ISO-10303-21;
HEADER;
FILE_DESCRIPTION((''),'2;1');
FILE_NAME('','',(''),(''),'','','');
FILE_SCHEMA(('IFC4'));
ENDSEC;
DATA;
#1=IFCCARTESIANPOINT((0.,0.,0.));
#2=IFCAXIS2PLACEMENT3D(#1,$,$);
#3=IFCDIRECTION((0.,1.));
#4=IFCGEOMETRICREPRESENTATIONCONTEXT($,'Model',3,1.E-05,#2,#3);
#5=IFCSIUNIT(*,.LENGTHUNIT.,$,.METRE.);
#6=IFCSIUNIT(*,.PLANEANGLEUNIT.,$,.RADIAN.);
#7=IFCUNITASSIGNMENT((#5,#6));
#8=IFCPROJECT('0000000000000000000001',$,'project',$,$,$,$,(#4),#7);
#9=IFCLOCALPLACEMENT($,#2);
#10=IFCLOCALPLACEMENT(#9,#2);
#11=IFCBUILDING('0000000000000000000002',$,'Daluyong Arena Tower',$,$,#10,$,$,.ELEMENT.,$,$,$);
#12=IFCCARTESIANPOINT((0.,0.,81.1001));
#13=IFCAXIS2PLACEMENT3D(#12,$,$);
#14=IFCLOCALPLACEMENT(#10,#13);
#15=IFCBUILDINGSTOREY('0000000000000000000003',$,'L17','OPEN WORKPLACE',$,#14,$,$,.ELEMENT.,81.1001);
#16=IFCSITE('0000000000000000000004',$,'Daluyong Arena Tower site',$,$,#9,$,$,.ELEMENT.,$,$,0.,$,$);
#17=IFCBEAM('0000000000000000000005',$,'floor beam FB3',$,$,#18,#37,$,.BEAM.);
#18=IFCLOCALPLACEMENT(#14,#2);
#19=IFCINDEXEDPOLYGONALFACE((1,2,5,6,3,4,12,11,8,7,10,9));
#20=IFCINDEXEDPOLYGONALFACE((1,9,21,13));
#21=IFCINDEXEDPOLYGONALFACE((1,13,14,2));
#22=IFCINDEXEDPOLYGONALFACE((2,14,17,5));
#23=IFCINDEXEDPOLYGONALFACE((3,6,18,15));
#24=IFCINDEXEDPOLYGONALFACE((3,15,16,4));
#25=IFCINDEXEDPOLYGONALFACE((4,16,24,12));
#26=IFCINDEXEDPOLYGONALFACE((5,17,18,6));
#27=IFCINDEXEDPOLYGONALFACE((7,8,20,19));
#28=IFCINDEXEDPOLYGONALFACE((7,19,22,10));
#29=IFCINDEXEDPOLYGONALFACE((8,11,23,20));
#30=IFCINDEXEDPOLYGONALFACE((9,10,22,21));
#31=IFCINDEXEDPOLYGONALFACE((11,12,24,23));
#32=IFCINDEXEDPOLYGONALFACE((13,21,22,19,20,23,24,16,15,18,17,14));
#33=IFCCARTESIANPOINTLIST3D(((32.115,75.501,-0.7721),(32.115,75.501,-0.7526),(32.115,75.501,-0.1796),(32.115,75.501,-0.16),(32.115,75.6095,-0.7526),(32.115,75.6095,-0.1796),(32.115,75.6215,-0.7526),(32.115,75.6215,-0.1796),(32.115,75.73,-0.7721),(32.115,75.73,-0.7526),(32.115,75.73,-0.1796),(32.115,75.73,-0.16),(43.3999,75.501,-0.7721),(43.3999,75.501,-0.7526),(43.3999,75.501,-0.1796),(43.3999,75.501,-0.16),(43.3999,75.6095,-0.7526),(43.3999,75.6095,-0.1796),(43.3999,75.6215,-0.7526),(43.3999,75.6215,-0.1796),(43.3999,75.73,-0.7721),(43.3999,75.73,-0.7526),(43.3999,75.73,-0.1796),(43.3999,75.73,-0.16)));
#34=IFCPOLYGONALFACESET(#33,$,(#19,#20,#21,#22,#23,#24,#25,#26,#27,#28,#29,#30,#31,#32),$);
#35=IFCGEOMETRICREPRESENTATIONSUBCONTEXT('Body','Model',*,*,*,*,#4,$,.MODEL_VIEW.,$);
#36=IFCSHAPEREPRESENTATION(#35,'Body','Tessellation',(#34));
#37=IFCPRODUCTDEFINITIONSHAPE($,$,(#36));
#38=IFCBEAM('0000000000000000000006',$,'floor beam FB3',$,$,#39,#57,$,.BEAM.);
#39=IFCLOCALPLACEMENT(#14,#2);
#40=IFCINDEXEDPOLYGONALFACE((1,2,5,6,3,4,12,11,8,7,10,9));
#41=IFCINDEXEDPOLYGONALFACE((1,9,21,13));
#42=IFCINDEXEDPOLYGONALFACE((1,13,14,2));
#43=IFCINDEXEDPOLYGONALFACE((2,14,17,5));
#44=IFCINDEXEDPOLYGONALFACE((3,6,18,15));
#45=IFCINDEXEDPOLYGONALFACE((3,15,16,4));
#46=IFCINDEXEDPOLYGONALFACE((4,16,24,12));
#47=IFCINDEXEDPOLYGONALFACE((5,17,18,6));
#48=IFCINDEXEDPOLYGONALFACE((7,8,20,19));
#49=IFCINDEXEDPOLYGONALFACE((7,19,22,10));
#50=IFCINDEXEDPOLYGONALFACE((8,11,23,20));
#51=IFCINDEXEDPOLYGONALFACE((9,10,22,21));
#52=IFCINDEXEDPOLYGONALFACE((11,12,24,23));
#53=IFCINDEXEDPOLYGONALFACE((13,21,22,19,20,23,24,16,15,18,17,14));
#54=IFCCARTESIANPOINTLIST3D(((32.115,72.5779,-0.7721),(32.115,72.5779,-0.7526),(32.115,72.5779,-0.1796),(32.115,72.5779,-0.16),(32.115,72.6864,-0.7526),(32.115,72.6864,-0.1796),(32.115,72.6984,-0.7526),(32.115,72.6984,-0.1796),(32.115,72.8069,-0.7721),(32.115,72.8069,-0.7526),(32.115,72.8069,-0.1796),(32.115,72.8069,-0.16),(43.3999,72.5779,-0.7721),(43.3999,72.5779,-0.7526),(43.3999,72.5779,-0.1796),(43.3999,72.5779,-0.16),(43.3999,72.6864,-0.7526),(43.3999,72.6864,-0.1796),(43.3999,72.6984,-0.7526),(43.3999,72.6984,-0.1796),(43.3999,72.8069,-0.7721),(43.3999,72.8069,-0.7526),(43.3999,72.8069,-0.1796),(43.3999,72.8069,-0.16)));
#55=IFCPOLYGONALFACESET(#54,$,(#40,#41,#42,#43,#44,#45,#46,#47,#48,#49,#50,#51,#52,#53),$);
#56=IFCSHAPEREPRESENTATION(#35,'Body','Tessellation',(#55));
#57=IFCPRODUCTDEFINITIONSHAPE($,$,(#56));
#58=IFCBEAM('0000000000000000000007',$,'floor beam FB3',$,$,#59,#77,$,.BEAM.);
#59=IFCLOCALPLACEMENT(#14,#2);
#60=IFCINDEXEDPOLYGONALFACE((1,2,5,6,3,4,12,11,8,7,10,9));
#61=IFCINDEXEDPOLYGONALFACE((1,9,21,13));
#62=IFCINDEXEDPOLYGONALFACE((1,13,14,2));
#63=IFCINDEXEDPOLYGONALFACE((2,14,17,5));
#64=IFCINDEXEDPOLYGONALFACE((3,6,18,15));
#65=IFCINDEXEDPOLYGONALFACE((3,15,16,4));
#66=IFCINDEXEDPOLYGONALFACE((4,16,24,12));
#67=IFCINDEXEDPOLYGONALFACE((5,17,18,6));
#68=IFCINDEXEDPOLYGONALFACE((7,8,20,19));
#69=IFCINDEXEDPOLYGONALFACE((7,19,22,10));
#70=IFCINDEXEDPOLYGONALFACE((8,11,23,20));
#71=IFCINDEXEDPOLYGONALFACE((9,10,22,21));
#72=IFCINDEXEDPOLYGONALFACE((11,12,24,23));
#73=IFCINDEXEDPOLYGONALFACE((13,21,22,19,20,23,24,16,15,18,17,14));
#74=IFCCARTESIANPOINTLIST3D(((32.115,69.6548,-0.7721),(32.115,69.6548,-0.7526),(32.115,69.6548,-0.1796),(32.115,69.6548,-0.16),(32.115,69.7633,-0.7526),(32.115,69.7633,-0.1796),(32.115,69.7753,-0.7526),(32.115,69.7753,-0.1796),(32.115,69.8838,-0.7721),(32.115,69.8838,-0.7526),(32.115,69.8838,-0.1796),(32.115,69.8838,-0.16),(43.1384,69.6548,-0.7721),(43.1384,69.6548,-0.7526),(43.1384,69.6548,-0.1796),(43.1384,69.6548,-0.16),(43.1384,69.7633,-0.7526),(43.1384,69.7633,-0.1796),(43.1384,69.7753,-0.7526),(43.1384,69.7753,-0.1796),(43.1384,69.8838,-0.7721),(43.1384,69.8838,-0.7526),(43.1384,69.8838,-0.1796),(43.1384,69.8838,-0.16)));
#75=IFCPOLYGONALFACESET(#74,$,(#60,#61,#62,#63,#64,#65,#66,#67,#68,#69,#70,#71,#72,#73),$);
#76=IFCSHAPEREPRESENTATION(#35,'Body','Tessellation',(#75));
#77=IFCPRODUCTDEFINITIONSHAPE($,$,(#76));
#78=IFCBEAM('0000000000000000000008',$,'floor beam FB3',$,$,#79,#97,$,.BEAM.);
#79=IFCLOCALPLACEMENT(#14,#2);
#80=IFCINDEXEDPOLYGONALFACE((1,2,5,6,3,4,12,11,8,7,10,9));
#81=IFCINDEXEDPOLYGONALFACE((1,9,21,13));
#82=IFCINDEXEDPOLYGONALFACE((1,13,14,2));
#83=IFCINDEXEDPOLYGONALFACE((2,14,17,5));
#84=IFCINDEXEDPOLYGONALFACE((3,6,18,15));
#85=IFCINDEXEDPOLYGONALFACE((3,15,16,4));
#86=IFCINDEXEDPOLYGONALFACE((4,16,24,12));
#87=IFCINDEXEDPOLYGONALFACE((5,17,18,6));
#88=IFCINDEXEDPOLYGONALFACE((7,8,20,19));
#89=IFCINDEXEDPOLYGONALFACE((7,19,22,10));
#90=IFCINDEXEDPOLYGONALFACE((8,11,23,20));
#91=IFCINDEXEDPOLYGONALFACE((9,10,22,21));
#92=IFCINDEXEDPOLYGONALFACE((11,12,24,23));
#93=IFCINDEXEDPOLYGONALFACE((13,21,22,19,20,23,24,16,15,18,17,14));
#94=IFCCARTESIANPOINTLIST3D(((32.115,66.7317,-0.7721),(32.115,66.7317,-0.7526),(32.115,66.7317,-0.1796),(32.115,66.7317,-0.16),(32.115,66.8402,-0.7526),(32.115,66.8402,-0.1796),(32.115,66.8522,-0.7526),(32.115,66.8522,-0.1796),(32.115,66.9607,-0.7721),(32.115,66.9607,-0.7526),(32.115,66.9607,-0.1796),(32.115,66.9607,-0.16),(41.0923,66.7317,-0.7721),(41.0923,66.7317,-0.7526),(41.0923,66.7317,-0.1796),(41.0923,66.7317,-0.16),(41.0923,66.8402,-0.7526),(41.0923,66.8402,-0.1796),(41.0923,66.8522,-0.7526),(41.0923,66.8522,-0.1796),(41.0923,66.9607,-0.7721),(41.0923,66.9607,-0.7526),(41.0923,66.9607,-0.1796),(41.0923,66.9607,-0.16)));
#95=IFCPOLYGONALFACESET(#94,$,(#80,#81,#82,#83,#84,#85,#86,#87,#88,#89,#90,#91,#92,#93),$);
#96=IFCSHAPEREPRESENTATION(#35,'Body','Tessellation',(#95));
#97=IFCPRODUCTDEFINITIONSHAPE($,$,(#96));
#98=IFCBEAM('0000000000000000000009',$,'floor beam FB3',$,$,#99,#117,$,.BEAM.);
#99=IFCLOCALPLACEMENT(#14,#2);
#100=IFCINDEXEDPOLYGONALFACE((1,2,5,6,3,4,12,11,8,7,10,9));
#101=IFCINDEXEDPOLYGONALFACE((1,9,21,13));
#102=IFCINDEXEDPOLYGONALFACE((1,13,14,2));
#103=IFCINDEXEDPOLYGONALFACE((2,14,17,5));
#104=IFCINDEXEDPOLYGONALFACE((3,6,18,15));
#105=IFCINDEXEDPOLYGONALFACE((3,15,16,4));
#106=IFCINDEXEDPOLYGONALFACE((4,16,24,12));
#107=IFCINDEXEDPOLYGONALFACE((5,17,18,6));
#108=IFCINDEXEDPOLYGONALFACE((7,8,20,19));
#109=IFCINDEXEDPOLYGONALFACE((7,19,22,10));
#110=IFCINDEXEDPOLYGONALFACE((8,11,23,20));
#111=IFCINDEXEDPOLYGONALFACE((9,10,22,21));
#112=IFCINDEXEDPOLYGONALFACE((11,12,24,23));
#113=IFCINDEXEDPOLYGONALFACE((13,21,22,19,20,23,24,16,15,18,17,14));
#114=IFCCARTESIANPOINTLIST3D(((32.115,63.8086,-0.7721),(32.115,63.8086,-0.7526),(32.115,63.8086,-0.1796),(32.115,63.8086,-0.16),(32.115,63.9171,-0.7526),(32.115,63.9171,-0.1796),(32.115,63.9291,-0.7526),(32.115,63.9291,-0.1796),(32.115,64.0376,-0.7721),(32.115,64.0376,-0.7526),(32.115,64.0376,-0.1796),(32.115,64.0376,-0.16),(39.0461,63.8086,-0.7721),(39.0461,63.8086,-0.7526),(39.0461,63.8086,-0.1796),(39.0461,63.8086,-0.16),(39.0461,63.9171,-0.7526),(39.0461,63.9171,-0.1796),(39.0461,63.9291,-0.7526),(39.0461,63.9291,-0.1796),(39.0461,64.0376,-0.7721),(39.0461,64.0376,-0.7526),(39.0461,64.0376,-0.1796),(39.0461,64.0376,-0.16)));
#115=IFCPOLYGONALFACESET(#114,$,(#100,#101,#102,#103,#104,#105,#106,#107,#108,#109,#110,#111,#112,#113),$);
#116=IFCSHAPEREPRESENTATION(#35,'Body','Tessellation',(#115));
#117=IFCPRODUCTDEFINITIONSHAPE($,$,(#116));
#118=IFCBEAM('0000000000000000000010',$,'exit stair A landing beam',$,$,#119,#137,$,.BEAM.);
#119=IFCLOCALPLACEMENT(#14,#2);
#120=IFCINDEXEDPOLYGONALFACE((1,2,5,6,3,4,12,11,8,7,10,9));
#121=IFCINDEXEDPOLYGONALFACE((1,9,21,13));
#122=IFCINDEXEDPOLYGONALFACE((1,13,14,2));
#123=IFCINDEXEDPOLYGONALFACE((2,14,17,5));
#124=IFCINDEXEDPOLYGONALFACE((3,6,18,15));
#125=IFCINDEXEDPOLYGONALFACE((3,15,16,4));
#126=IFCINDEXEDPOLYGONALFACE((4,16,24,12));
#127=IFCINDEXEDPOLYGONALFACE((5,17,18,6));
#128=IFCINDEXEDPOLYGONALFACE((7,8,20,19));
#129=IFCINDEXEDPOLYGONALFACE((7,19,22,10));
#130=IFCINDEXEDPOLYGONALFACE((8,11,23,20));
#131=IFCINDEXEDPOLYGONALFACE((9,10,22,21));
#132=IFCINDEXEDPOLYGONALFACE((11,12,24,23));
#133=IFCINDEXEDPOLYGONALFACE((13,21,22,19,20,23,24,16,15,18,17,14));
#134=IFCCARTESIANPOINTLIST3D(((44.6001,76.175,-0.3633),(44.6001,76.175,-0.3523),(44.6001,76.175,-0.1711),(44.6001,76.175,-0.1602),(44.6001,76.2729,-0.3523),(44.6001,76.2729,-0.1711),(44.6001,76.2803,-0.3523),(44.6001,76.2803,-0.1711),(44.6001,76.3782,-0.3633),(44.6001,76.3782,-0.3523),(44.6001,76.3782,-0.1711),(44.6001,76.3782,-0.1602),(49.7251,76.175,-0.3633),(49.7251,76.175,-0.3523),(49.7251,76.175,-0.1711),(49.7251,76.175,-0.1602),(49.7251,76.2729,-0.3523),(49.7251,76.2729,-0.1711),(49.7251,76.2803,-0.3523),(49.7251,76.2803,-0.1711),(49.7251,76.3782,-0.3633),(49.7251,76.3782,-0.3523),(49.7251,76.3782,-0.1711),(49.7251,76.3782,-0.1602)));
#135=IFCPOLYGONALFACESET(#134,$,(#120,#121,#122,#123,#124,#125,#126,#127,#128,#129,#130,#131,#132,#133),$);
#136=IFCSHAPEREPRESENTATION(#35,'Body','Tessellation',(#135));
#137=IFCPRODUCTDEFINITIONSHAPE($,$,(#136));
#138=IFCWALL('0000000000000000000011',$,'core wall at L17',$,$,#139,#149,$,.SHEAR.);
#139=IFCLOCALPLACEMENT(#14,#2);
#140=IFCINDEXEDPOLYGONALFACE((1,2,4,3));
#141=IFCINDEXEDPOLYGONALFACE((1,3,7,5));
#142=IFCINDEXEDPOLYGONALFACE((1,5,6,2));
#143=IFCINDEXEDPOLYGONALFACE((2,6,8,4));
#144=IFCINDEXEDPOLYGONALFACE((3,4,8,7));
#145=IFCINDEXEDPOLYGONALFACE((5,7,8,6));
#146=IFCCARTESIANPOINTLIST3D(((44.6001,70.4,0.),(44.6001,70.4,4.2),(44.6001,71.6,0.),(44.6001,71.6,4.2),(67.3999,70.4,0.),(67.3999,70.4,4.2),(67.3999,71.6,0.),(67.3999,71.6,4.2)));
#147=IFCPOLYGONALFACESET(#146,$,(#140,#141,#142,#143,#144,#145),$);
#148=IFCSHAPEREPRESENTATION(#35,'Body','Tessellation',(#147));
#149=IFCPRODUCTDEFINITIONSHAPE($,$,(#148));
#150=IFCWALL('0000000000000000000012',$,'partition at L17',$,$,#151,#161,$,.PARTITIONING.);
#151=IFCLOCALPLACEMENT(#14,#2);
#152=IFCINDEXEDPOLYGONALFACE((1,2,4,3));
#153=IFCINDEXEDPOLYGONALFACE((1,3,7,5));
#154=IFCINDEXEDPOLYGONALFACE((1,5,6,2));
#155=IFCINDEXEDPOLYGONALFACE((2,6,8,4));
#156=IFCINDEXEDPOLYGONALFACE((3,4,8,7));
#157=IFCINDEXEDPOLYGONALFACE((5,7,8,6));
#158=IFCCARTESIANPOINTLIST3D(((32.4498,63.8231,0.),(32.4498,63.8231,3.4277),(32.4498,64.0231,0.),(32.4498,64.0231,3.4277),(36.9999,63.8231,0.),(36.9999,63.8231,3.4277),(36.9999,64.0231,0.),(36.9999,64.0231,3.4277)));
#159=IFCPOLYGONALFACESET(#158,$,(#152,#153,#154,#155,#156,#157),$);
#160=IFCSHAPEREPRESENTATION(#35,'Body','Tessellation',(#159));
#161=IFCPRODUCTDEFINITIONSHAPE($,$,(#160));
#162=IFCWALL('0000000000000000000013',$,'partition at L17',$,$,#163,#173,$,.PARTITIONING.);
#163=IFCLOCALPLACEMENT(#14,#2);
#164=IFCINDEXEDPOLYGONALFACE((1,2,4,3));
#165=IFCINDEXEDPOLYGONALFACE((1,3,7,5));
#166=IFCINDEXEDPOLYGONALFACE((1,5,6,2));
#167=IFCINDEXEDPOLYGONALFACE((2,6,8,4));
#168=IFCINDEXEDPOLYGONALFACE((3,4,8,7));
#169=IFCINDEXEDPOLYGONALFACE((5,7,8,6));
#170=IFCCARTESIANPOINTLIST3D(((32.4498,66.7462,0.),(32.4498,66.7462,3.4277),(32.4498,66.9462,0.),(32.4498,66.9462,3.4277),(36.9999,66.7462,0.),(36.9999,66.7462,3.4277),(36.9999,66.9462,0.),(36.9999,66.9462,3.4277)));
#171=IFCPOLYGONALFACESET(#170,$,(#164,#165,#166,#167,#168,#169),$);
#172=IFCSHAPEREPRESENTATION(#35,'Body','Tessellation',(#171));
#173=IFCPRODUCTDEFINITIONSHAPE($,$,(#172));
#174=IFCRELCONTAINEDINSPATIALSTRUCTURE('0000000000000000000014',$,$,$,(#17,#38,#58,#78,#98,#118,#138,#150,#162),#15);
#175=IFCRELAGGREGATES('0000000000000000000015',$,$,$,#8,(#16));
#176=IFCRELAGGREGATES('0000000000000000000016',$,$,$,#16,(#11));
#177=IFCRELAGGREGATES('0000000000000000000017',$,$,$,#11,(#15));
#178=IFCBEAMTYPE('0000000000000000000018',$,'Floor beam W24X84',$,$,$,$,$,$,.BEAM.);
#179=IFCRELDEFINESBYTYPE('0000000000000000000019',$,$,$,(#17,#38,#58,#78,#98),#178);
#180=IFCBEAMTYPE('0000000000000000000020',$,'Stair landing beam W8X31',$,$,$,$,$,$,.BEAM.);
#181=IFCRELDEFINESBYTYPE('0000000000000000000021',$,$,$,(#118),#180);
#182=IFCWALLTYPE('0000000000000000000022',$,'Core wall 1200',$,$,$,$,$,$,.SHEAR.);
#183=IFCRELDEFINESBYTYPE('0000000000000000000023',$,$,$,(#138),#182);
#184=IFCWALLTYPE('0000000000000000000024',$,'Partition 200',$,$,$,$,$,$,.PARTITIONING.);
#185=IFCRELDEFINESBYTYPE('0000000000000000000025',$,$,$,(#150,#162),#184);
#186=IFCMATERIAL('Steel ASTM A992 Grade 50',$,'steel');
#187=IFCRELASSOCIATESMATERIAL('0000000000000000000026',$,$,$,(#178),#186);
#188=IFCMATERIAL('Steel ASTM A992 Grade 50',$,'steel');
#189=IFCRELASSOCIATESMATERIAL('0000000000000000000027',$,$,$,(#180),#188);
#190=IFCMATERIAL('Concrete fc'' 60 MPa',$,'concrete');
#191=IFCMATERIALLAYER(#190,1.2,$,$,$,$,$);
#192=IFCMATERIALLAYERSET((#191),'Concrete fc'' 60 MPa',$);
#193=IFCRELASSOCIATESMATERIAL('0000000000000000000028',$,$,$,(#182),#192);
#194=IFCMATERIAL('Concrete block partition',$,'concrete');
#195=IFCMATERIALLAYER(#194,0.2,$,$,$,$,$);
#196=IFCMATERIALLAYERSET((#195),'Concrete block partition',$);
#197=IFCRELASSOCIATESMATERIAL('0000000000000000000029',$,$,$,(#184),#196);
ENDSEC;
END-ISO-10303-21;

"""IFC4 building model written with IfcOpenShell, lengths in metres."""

from ifc_helpers import new_model, si_unit, direction, frame, frame_2d, origin, origin_2d, place, context, subcontext, project, spatial, rectangle, i_section, extrude, material, layer, layer_set, material_profile, profile_set, type_object, element, save


model = new_model("IFC4")

# Units and contexts
model_context = context("Model", 3, precision=1e-05, world=origin(), true_north=direction((0.0, 1.0)))
body_context = subcontext(model_context, "Body", "Model", "MODEL_VIEW")
ifc_project = project(units=[si_unit("LENGTHUNIT", "METRE"), si_unit("PLANEANGLEUNIT", "RADIAN")], contexts=[model_context])

# Site, building, storey
site_placement = place(None, origin())
site = spatial("IfcSite", under=ifc_project, at=site_placement, Name="Daluyong Arena Tower site", CompositionType="ELEMENT", RefElevation=0.0)
building_placement = place(site_placement, origin())
building = spatial("IfcBuilding", under=site, at=building_placement, Name="Daluyong Arena Tower", CompositionType="ELEMENT")
storey_placement = place(building_placement, frame((0.0, 0.0, 81.1001)))
storey = spatial("IfcBuildingStorey", under=building, at=storey_placement, Name="L17", Description="OPEN WORKPLACE", CompositionType="ELEMENT", Elevation=81.1001)

# Beams
ifc_material_1 = material(Name="Steel ASTM A992 Grade 50", Category="steel")
ifc_material_profile_1 = material_profile(ifc_material_1, i_section(OverallWidth=0.229, OverallDepth=0.6121, WebThickness=0.012, FlangeThickness=0.0195, at=origin_2d()))
ifc_profile_set_1 = profile_set([ifc_material_profile_1], Name="Steel ASTM A992 Grade 50")
beam_type_1 = type_object("IfcBeamType", Name="Floor beam W24X84", PredefinedType="BEAM", material=ifc_profile_set_1)
for number, where, z_axis, x_axis, name in (
    (1, (32.115, 75.6155, -0.4661), (1.0, 0.0, 0.0), (0.0, 1.0, 0.0), "floor beam FB3"),
    (2, (32.115, 72.6924, -0.4661), (1.0, 0.0, 0.0), (0.0, 1.0, 0.0), "floor beam FB3"),
):
    element("IfcBeam", number, at=place(storey_placement, frame(where, z_axis=z_axis, x_axis=x_axis)), inside=storey, type_object=beam_type_1, Name=name, PredefinedType="BEAM", context=body_context, shape_type="SweptSolid", body=[
        extrude(i_section(OverallWidth=0.229, OverallDepth=0.6121, WebThickness=0.012, FlangeThickness=0.0195, at=origin_2d()), origin(), (0.0, 0.0, 1.0), 11.2849),
    ])
beam_1_placement = place(storey_placement, frame((32.115, 69.7693, -0.4661), z_axis=(1.0, 0.0, 0.0), x_axis=(0.0, 1.0, 0.0)))
element("IfcBeam", 3, at=beam_1_placement, inside=storey, type_object=beam_type_1, Name="floor beam FB3", PredefinedType="BEAM", context=body_context, shape_type="SweptSolid", body=[
    extrude(i_section(OverallWidth=0.229, OverallDepth=0.6121, WebThickness=0.012, FlangeThickness=0.0195, at=origin_2d()), origin(), (0.0, 0.0, 1.0), 11.0234),
])
beam_2_placement = place(storey_placement, frame((32.115, 66.8462, -0.4661), z_axis=(1.0, 0.0, 0.0), x_axis=(0.0, 1.0, 0.0)))
element("IfcBeam", 4, at=beam_2_placement, inside=storey, type_object=beam_type_1, Name="floor beam FB3", PredefinedType="BEAM", context=body_context, shape_type="SweptSolid", body=[
    extrude(i_section(OverallWidth=0.229, OverallDepth=0.6121, WebThickness=0.012, FlangeThickness=0.0195, at=origin_2d()), origin(), (0.0, 0.0, 1.0), 8.9773),
])
beam_3_placement = place(storey_placement, frame((32.115, 63.9231, -0.4661), z_axis=(1.0, 0.0, 0.0), x_axis=(0.0, 1.0, 0.0)))
element("IfcBeam", 5, at=beam_3_placement, inside=storey, type_object=beam_type_1, Name="floor beam FB3", PredefinedType="BEAM", context=body_context, shape_type="SweptSolid", body=[
    extrude(i_section(OverallWidth=0.229, OverallDepth=0.6121, WebThickness=0.012, FlangeThickness=0.0195, at=origin_2d()), origin(), (0.0, 0.0, 1.0), 6.9312),
])
ifc_material_2 = material(Name="Steel ASTM A992 Grade 50", Category="steel")
ifc_material_profile_2 = material_profile(ifc_material_2, i_section(OverallWidth=0.2031, OverallDepth=0.2031, WebThickness=0.0073, FlangeThickness=0.011, at=origin_2d()))
ifc_profile_set_2 = profile_set([ifc_material_profile_2], Name="Steel ASTM A992 Grade 50")
beam_type_2 = type_object("IfcBeamType", Name="Stair landing beam W8X31", PredefinedType="BEAM", material=ifc_profile_set_2)
beam_4_placement = place(storey_placement, frame((44.6001, 76.2766, -0.2617), z_axis=(1.0, 0.0, 0.0), x_axis=(0.0, 1.0, 0.0)))
element("IfcBeam", 6, at=beam_4_placement, inside=storey, type_object=beam_type_2, Name="exit stair A landing beam", PredefinedType="BEAM", context=body_context, shape_type="SweptSolid", body=[
    extrude(i_section(OverallWidth=0.2031, OverallDepth=0.2031, WebThickness=0.0073, FlangeThickness=0.011, at=origin_2d()), origin(), (0.0, 0.0, 1.0), 5.125),
])

# Shared definitions
ifc_material_3 = material(Name="Concrete fc' 60 MPa", Category="concrete")
ifc_layer_1 = layer(ifc_material_3, 1.2)
ifc_layer_set_1 = layer_set([ifc_layer_1], Name="Concrete fc' 60 MPa")
wall_type_1 = type_object("IfcWallType", Name="Core wall 1200", PredefinedType="SHEAR", material=ifc_layer_set_1)

# Walls
wall_1_placement = place(storey_placement, frame((44.6001, 71.0, 0.0), z_axis=(0.0, 0.0, 1.0), x_axis=(1.0, 0.0, 0.0)))
element("IfcWall", 7, at=wall_1_placement, inside=storey, type_object=wall_type_1, Name="core wall at L17", PredefinedType="SHEAR", context=body_context, shape_type="SweptSolid", body=[
    extrude(rectangle(XDim=22.7998, YDim=1.2, at=frame_2d((11.3999, 0.0))), origin(), (0.0, 0.0, 1.0), 4.2),
])
ifc_material_4 = material(Name="Concrete block partition", Category="concrete")
ifc_layer_2 = layer(ifc_material_4, 0.2)
ifc_layer_set_2 = layer_set([ifc_layer_2], Name="Concrete block partition")
wall_type_2 = type_object("IfcWallType", Name="Partition 200", PredefinedType="PARTITIONING", material=ifc_layer_set_2)
for number, where, z_axis, x_axis, name in (
    (8, (32.45, 63.9231, 0.0), (0.0, 0.0, 1.0), (1.0, 0.0, 0.0), "partition at L17"),
    (9, (32.45, 66.8462, 0.0), (0.0, 0.0, 1.0), (1.0, 0.0, 0.0), "partition at L17"),
):
    element("IfcWall", number, at=place(storey_placement, frame(where, z_axis=z_axis, x_axis=x_axis)), inside=storey, type_object=wall_type_2, Name=name, PredefinedType="PARTITIONING", context=body_context, shape_type="SweptSolid", body=[
        extrude(rectangle(XDim=4.55, YDim=0.2, at=frame_2d((2.2749, 0.0))), origin(), (0.0, 0.0, 1.0), 3.4277),
    ])

save(model, "model.ifc")
